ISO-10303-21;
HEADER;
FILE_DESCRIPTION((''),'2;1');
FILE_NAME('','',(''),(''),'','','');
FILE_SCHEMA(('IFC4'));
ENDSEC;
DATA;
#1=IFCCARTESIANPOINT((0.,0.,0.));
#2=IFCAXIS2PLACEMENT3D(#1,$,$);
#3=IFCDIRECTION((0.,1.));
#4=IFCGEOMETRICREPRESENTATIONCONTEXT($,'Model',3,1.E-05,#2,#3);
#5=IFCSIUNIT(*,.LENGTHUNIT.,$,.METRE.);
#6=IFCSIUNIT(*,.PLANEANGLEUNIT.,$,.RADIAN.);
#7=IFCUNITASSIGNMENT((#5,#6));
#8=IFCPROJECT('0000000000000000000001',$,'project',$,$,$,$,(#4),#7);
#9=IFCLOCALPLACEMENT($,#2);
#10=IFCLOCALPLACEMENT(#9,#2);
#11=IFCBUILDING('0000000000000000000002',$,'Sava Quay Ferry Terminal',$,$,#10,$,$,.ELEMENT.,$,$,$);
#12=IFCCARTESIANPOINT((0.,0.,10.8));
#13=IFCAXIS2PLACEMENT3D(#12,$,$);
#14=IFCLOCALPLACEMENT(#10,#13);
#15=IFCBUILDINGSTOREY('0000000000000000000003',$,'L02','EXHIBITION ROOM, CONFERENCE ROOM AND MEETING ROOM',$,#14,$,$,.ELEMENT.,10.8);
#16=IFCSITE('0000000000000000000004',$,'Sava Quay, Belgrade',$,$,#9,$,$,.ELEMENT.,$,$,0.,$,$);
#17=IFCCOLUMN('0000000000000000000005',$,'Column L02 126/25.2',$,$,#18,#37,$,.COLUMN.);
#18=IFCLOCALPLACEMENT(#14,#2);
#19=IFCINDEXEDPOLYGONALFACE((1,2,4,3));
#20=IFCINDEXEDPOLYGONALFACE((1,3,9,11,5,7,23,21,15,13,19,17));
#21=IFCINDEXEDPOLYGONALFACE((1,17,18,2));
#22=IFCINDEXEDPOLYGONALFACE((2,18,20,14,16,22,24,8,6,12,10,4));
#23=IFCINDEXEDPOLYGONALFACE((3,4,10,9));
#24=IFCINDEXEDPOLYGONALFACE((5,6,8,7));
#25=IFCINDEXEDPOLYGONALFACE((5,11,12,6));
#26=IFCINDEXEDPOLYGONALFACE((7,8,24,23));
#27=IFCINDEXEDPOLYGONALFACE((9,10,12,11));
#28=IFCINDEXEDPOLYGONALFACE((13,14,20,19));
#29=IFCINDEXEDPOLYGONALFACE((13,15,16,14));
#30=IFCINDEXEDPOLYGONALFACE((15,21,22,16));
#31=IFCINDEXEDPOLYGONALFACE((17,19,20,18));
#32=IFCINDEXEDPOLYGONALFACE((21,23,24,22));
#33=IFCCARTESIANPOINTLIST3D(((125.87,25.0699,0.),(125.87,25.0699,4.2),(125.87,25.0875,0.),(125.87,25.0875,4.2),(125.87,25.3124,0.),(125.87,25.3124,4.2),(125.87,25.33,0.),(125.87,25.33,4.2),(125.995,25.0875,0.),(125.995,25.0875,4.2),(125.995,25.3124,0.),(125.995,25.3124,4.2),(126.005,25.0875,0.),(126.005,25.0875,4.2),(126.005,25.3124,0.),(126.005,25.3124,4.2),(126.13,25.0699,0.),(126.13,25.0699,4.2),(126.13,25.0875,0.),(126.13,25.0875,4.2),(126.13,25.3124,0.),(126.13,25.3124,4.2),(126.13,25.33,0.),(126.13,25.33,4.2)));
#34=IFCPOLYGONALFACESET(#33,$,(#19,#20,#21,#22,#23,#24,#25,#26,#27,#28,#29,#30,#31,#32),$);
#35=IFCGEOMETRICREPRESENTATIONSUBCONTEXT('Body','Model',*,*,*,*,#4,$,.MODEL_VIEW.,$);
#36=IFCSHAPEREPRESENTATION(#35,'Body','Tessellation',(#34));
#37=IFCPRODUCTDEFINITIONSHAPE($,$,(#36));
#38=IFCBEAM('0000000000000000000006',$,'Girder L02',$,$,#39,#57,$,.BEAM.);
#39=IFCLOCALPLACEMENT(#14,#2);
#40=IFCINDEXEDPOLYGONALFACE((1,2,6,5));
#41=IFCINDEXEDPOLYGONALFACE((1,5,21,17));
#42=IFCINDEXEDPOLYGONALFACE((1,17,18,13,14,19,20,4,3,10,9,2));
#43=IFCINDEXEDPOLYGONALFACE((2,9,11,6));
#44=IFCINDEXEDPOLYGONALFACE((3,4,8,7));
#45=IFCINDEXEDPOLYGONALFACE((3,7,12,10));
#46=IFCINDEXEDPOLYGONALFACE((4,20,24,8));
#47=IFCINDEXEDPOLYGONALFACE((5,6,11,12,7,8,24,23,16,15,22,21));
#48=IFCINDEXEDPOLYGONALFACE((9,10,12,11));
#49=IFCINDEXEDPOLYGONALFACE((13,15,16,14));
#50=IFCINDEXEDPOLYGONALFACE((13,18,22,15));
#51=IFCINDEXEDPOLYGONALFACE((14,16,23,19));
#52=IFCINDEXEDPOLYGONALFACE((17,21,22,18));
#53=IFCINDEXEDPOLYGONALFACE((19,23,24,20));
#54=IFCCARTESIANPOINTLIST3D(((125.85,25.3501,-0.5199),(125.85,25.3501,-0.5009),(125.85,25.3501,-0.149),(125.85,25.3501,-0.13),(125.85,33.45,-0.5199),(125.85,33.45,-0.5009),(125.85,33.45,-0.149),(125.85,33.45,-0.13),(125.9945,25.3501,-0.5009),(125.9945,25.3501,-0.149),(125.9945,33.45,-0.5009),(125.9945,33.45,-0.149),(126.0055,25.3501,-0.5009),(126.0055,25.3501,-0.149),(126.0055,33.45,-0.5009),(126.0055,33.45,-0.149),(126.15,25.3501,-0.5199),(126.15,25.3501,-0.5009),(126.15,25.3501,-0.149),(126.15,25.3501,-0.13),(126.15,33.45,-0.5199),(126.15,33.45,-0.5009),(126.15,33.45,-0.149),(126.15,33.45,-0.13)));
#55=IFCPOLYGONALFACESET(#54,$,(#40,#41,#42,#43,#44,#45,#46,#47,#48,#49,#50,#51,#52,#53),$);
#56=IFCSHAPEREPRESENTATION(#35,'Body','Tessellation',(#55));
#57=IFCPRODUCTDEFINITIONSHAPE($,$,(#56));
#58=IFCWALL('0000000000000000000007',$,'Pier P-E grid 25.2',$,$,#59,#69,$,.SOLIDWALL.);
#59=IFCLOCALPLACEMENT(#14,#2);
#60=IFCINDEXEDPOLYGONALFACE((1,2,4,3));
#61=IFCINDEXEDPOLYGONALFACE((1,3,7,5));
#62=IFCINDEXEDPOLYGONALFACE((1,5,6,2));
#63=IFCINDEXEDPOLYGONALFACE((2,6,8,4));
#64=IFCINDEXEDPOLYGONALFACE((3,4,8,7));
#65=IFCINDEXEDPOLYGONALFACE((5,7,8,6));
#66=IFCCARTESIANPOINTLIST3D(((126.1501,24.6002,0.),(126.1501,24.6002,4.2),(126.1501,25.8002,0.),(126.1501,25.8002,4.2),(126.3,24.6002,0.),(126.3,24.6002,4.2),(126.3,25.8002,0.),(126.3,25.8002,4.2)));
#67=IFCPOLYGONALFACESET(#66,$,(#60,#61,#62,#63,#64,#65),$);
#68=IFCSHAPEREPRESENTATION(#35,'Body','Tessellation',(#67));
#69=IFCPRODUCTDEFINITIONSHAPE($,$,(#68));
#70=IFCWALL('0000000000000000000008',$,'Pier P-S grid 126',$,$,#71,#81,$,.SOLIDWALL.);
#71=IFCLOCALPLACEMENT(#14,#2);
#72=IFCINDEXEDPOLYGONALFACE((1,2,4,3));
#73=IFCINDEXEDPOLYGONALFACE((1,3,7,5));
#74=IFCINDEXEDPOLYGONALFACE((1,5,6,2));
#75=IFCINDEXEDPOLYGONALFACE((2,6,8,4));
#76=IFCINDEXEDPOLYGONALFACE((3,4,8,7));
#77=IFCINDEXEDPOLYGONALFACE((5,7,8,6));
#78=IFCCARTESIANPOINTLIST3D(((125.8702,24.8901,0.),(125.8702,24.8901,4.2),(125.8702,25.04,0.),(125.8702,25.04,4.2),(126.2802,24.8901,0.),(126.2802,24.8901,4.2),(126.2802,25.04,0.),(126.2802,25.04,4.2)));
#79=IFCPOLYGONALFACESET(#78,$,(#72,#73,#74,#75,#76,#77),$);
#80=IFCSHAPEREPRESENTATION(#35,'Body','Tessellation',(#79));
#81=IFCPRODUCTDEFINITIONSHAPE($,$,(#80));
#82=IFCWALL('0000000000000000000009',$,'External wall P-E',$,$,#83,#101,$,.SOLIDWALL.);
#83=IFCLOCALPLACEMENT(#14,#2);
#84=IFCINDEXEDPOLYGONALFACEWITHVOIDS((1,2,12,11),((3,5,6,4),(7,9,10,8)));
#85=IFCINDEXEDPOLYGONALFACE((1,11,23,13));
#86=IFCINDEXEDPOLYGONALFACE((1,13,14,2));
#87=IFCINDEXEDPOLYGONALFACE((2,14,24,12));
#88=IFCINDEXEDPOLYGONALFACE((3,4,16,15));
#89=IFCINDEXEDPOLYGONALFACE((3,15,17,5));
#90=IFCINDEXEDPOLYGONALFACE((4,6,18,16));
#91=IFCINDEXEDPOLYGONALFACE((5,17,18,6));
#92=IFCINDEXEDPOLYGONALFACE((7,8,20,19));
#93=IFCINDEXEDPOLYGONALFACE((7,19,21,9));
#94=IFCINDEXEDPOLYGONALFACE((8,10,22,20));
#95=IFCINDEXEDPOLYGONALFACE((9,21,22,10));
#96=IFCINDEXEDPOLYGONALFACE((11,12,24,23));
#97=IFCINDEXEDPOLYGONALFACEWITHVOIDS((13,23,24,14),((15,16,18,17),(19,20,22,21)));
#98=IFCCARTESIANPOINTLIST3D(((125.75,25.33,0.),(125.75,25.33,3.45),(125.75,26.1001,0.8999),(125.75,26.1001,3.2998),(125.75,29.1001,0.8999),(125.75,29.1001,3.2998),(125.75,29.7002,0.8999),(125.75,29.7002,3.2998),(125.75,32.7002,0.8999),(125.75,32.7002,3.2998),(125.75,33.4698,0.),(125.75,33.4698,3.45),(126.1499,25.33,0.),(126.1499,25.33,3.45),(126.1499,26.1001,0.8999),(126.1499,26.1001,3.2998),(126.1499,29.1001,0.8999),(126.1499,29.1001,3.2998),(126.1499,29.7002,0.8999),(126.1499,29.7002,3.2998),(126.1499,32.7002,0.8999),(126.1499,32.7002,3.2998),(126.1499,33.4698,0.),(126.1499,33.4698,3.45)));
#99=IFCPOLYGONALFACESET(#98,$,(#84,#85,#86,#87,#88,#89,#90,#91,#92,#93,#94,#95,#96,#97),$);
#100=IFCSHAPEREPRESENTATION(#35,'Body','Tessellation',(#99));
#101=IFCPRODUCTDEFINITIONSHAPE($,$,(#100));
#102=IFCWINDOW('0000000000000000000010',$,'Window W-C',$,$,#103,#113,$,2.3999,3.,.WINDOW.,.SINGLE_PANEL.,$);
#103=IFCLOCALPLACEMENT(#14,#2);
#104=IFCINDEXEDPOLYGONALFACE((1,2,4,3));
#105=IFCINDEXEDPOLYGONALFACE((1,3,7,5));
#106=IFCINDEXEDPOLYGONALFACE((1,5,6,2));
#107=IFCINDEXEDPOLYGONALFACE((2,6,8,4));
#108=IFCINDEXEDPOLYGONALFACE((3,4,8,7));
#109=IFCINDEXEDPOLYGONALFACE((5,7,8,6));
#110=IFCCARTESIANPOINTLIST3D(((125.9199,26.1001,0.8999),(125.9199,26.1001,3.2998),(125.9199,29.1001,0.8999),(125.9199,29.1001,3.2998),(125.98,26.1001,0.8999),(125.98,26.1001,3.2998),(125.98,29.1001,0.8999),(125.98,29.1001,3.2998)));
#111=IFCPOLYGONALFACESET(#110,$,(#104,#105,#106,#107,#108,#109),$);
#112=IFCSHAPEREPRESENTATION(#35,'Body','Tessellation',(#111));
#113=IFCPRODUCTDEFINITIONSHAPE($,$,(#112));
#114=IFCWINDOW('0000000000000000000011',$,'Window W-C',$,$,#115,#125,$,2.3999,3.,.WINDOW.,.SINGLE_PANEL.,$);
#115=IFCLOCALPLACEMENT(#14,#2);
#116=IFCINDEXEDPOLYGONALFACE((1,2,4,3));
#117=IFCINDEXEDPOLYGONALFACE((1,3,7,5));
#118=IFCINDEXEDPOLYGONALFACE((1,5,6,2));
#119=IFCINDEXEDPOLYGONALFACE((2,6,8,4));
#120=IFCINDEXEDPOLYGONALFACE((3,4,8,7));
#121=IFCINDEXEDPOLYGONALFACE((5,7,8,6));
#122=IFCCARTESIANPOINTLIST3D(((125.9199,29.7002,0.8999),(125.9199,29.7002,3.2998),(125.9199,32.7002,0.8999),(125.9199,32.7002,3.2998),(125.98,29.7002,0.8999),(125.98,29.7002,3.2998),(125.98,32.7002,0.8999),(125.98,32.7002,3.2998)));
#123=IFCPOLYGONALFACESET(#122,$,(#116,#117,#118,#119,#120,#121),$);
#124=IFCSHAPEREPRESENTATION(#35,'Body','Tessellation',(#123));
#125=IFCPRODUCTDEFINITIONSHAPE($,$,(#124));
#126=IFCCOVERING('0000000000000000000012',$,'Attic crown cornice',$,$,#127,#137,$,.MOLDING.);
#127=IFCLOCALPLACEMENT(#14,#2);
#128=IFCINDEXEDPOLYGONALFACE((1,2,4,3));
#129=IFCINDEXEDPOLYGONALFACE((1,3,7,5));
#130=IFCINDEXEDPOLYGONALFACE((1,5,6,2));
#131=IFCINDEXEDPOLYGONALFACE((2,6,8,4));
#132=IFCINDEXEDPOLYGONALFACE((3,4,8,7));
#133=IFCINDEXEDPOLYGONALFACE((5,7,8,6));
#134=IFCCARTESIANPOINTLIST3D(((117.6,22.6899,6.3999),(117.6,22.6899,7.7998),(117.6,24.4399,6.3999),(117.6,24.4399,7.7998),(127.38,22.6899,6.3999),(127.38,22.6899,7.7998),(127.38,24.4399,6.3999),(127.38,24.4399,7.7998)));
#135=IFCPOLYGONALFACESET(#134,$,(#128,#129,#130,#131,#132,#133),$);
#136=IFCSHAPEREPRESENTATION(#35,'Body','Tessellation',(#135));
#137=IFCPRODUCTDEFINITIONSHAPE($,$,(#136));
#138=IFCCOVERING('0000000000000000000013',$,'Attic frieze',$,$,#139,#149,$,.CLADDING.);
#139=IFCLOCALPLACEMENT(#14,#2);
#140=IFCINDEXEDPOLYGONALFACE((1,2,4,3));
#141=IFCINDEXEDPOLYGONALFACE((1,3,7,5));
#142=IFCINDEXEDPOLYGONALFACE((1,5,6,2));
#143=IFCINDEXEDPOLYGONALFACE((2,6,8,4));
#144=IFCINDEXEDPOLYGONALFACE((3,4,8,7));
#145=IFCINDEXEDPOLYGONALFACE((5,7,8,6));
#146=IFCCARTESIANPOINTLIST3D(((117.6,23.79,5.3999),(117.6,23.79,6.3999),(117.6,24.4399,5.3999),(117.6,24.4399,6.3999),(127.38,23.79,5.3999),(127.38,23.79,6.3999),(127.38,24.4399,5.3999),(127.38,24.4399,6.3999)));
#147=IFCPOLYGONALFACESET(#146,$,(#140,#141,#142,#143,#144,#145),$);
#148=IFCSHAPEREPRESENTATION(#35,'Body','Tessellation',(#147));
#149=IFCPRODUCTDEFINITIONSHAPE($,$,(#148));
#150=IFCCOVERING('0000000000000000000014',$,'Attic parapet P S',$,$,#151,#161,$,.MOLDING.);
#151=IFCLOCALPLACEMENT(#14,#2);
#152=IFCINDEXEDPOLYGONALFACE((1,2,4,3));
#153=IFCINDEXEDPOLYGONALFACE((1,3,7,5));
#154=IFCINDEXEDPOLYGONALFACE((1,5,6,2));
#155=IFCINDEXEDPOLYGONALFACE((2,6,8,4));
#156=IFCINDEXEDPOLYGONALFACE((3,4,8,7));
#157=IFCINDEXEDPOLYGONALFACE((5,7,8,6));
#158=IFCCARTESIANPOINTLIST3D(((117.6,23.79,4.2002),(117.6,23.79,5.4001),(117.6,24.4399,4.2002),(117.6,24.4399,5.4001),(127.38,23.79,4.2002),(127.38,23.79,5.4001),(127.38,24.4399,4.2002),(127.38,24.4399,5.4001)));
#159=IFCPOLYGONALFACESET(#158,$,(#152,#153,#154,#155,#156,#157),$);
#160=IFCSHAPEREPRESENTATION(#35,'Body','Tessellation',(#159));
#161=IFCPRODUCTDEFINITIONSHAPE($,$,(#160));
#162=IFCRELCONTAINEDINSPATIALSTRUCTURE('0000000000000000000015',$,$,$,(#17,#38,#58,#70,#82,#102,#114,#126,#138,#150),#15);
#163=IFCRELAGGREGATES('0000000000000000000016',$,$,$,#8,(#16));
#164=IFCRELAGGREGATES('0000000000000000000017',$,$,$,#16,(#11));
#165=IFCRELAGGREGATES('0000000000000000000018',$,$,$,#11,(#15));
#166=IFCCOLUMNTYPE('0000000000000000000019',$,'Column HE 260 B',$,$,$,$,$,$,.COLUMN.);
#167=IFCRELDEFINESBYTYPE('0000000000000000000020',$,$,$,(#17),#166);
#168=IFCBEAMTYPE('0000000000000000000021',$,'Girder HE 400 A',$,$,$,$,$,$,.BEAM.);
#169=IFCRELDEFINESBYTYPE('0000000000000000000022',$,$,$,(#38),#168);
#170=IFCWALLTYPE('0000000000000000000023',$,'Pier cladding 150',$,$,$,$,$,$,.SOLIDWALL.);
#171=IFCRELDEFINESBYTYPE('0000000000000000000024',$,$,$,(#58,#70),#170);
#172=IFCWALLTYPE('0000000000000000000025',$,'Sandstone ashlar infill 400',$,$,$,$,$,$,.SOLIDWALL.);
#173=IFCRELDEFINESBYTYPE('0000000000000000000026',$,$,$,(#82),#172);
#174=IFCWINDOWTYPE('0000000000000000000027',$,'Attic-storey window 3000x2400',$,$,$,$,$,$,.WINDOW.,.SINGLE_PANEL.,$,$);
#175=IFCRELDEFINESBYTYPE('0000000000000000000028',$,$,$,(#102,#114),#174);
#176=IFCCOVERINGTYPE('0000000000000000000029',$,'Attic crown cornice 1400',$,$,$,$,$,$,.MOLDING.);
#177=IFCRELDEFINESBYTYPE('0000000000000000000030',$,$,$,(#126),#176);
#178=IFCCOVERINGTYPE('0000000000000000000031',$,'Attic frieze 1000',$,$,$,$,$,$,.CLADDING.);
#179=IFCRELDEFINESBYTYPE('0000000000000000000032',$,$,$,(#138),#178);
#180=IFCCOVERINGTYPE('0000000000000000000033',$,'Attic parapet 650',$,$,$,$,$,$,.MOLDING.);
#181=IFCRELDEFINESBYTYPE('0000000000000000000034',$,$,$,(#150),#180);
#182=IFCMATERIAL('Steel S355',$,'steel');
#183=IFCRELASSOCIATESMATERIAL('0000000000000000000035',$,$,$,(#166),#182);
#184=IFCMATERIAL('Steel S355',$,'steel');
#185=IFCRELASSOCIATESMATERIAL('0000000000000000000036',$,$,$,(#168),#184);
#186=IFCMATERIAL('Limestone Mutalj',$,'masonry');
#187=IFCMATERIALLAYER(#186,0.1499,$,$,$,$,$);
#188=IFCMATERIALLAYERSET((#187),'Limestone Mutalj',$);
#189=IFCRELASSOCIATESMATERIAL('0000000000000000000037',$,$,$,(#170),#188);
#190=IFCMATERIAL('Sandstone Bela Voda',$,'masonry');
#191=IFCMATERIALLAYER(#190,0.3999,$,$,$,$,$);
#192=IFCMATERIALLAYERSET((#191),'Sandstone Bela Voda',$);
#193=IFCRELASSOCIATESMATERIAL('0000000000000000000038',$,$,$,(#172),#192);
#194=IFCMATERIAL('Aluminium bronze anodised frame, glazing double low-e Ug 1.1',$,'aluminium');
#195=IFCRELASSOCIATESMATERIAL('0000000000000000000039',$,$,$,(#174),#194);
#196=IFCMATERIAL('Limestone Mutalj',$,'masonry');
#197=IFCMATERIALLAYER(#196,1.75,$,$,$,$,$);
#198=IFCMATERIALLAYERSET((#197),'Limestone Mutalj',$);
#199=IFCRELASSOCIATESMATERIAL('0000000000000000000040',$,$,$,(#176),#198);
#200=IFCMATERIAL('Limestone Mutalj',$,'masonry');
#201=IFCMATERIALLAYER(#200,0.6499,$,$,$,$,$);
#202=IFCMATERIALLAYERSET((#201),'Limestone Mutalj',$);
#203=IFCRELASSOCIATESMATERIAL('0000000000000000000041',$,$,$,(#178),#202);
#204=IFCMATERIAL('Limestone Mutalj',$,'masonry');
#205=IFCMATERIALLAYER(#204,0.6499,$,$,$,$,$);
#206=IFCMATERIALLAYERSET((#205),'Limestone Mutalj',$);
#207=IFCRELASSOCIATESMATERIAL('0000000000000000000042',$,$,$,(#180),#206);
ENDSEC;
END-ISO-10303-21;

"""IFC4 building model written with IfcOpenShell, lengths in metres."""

from ifc_helpers import new_model, si_unit, direction, frame, frame_2d, origin, origin_2d, place, context, subcontext, project, spatial, rectangle, i_section, extrude, material, layer, layer_set, material_profile, profile_set, type_object, element, fill, save


model = new_model("IFC4")

# Units and contexts
model_context = context("Model", 3, precision=1e-05, world=origin(), true_north=direction((0.0, 1.0)))
body_context = subcontext(model_context, "Body", "Model", "MODEL_VIEW")
ifc_project = project(units=[si_unit("LENGTHUNIT", "METRE"), si_unit("PLANEANGLEUNIT", "RADIAN")], contexts=[model_context])

# Site, building, storey
site_placement = place(None, origin())
site = spatial("IfcSite", under=ifc_project, at=site_placement, Name="Sava Quay, Belgrade", CompositionType="ELEMENT", RefElevation=0.0)
building_placement = place(site_placement, origin())
building = spatial("IfcBuilding", under=site, at=building_placement, Name="Sava Quay Ferry Terminal", CompositionType="ELEMENT")
storey_placement = place(building_placement, frame((0.0, 0.0, 10.8)))
storey = spatial("IfcBuildingStorey", under=building, at=storey_placement, Name="L02", Description="EXHIBITION ROOM, CONFERENCE ROOM AND MEETING ROOM", CompositionType="ELEMENT", Elevation=10.8)

# Column
ifc_material_1 = material(Name="Steel S355", Category="steel")
ifc_material_profile_1 = material_profile(ifc_material_1, i_section(OverallWidth=0.26, OverallDepth=0.26, WebThickness=0.01, FlangeThickness=0.0176, at=origin_2d()), Name="HE 260 B")
ifc_profile_set_1 = profile_set([ifc_material_profile_1], Name="Steel S355")
column_type = type_object("IfcColumnType", Name="Column HE 260 B", PredefinedType="COLUMN", material=ifc_profile_set_1)
column_placement = place(storey_placement, frame((126.0, 25.2, 0.0), z_axis=(0.0, 0.0, 1.0), x_axis=(1.0, 0.0, 0.0)))
element("IfcColumn", 1, at=column_placement, inside=storey, type_object=column_type, Name="Column L02 126/25.2", PredefinedType="COLUMN", context=body_context, shape_type="SweptSolid", body=[
    extrude(i_section(OverallWidth=0.26, OverallDepth=0.26, WebThickness=0.01, FlangeThickness=0.0176, at=origin_2d()), origin(), (0.0, 0.0, 1.0), 4.2),
])

# Beam
ifc_material_2 = material(Name="Steel S355", Category="steel")
ifc_material_profile_2 = material_profile(ifc_material_2, i_section(OverallWidth=0.3, OverallDepth=0.3899, WebThickness=0.011, FlangeThickness=0.019, at=origin_2d()), Name="HE 400 A")
ifc_profile_set_2 = profile_set([ifc_material_profile_2], Name="Steel S355")
beam_type = type_object("IfcBeamType", Name="Girder HE 400 A", PredefinedType="BEAM", material=ifc_profile_set_2)
beam_placement = place(storey_placement, frame((126.0, 25.3501, -0.325), z_axis=(0.0, 1.0, 0.0), x_axis=(-1.0, 0.0, 0.0)))
element("IfcBeam", 2, at=beam_placement, inside=storey, type_object=beam_type, Name="Girder L02", PredefinedType="BEAM", context=body_context, shape_type="SweptSolid", body=[
    extrude(i_section(OverallWidth=0.3, OverallDepth=0.3899, WebThickness=0.011, FlangeThickness=0.019, at=origin_2d()), origin(), (0.0, 0.0, 1.0), 8.0999),
])

# Walls
ifc_material_3 = material(Name="Limestone Mutalj", Category="masonry")
ifc_layer_1 = layer(ifc_material_3, 0.1499)
ifc_layer_set_1 = layer_set([ifc_layer_1], Name="Limestone Mutalj")
wall_type_1 = type_object("IfcWallType", Name="Pier cladding 150", PredefinedType="SOLIDWALL", material=ifc_layer_set_1)
wall_1_placement = place(storey_placement, frame((126.2251, 24.6001, 0.0), z_axis=(0.0, 0.0, 1.0), x_axis=(0.0, 1.0, 0.0)))
element("IfcWall", 3, at=wall_1_placement, inside=storey, type_object=wall_type_1, Name="Pier P-E grid 25.2", PredefinedType="SOLIDWALL", context=body_context, shape_type="SweptSolid", body=[
    extrude(rectangle(XDim=1.2, YDim=0.1499, at=frame_2d((0.6001, 0.0))), origin(), (0.0, 0.0, 1.0), 4.2),
])
wall_2_placement = place(storey_placement, frame((125.8701, 24.9651, 0.0), z_axis=(0.0, 0.0, 1.0), x_axis=(1.0, 0.0, 0.0)))
element("IfcWall", 4, at=wall_2_placement, inside=storey, type_object=wall_type_1, Name="Pier P-S grid 126", PredefinedType="SOLIDWALL", context=body_context, shape_type="SweptSolid", body=[
    extrude(rectangle(XDim=0.4099, YDim=0.1499, at=frame_2d((0.2051, 0.0))), origin(), (0.0, 0.0, 1.0), 4.2),
])

# Wall, openings, windows
ifc_material_4 = material(Name="Sandstone Bela Voda", Category="masonry")
ifc_layer_2 = layer(ifc_material_4, 0.3999)
ifc_layer_set_2 = layer_set([ifc_layer_2], Name="Sandstone Bela Voda")
wall_type_2 = type_object("IfcWallType", Name="Sandstone ashlar infill 400", PredefinedType="SOLIDWALL", material=ifc_layer_set_2)
wall_3_placement = place(storey_placement, frame((125.95, 25.3301, 0.0), z_axis=(0.0, 0.0, 1.0), x_axis=(0.0, 1.0, 0.0)))
wall_3 = element("IfcWall", 5, at=wall_3_placement, inside=storey, type_object=wall_type_2, Name="External wall P-E", PredefinedType="SOLIDWALL", context=body_context, shape_type="SweptSolid", body=[
    extrude(rectangle(XDim=8.1399, YDim=0.3999, at=frame_2d((4.0698, 0.0))), origin(), (0.0, 0.0, 1.0), 3.45),
])
opening_1_placement = place(wall_3_placement, frame((0.77, 0.0, 0.8999)))
opening_1 = element("IfcOpeningElement", 6, at=opening_1_placement, cuts=wall_3, PredefinedType="OPENING", context=body_context, shape_type="SweptSolid", body=[
    extrude(rectangle(XDim=3.0, YDim=2.3999, at=frame_2d((1.5, 1.2))), frame((0.0, 0.2, 0.0), z_axis=(0.0, -1.0, 0.0), x_axis=(1.0, 0.0, 0.0)), (0.0, 0.0, 1.0), 0.3999),
])
opening_2_placement = place(wall_3_placement, frame((4.3701, 0.0, 0.8999)))
opening_2 = element("IfcOpeningElement", 7, at=opening_2_placement, cuts=wall_3, PredefinedType="OPENING", context=body_context, shape_type="SweptSolid", body=[
    extrude(rectangle(XDim=3.0, YDim=2.3999, at=frame_2d((1.5, 1.2))), frame((0.0, 0.2, 0.0), z_axis=(0.0, -1.0, 0.0), x_axis=(1.0, 0.0, 0.0)), (0.0, 0.0, 1.0), 0.3999),
])
ifc_material_5 = material(Name="Aluminium bronze anodised frame, glazing double low-e Ug 1.1", Category="aluminium")
window_type = type_object("IfcWindowType", Name="Attic-storey window 3000x2400", PartitioningType="SINGLE_PANEL", PredefinedType="WINDOW", material=ifc_material_5)
window_1_placement = place(opening_1_placement, origin())
window_1 = element("IfcWindow", 8, at=window_1_placement, inside=storey, type_object=window_type, Name="Window W-C", OverallHeight=2.3999, OverallWidth=3.0, PartitioningType="SINGLE_PANEL", PredefinedType="WINDOW", context=body_context, shape_type="SweptSolid", body=[
    extrude(rectangle(XDim=3.0, YDim=2.3999, at=frame_2d((1.5, 1.2))), frame((0.0, 0.03, 0.0), z_axis=(0.0, -1.0, 0.0), x_axis=(1.0, 0.0, 0.0)), (0.0, 0.0, 1.0), 0.0601),
])
fill(opening_1, window_1)
window_2_placement = place(opening_2_placement, origin())
window_2 = element("IfcWindow", 9, at=window_2_placement, inside=storey, type_object=window_type, Name="Window W-C", OverallHeight=2.3999, OverallWidth=3.0, PartitioningType="SINGLE_PANEL", PredefinedType="WINDOW", context=body_context, shape_type="SweptSolid", body=[
    extrude(rectangle(XDim=3.0, YDim=2.3999, at=frame_2d((1.5, 1.2))), frame((0.0, 0.03, 0.0), z_axis=(0.0, -1.0, 0.0), x_axis=(1.0, 0.0, 0.0)), (0.0, 0.0, 1.0), 0.0601),
])
fill(opening_2, window_2)

# Coverings
ifc_material_6 = material(Name="Limestone Mutalj", Category="masonry")
ifc_layer_3 = layer(ifc_material_6, 1.75)
ifc_layer_set_3 = layer_set([ifc_layer_3], Name="Limestone Mutalj")
covering_type_1 = type_object("IfcCoveringType", Name="Attic crown cornice 1400", PredefinedType="MOLDING", material=ifc_layer_set_3)
covering_1_placement = place(storey_placement, frame((122.49, 23.5649, 6.3999), z_axis=(0.0, 0.0, 1.0), x_axis=(1.0, 0.0, 0.0)))
element("IfcCovering", 10, at=covering_1_placement, inside=storey, type_object=covering_type_1, Name="Attic crown cornice", PredefinedType="MOLDING", context=body_context, shape_type="SweptSolid", body=[
    extrude(rectangle(XDim=9.78, YDim=1.75, at=origin_2d()), origin(), (0.0, 0.0, 1.0), 1.3999),
])
ifc_material_7 = material(Name="Limestone Mutalj", Category="masonry")
ifc_layer_4 = layer(ifc_material_7, 0.6499)
ifc_layer_set_4 = layer_set([ifc_layer_4], Name="Limestone Mutalj")
covering_type_2 = type_object("IfcCoveringType", Name="Attic frieze 1000", PredefinedType="CLADDING", material=ifc_layer_set_4)
covering_2_placement = place(storey_placement, frame((122.49, 24.115, 5.3999), z_axis=(0.0, 0.0, 1.0), x_axis=(1.0, 0.0, 0.0)))
element("IfcCovering", 11, at=covering_2_placement, inside=storey, type_object=covering_type_2, Name="Attic frieze", PredefinedType="CLADDING", context=body_context, shape_type="SweptSolid", body=[
    extrude(rectangle(XDim=9.78, YDim=0.6499, at=origin_2d()), origin(), (0.0, 0.0, 1.0), 1.0),
])
ifc_material_8 = material(Name="Limestone Mutalj", Category="masonry")
ifc_layer_5 = layer(ifc_material_8, 0.6499)
ifc_layer_set_5 = layer_set([ifc_layer_5], Name="Limestone Mutalj")
covering_type_3 = type_object("IfcCoveringType", Name="Attic parapet 650", PredefinedType="MOLDING", material=ifc_layer_set_5)
covering_3_placement = place(storey_placement, frame((122.49, 24.115, 4.2002), z_axis=(0.0, 0.0, 1.0), x_axis=(1.0, 0.0, 0.0)))
element("IfcCovering", 12, at=covering_3_placement, inside=storey, type_object=covering_type_3, Name="Attic parapet P S", PredefinedType="MOLDING", context=body_context, shape_type="SweptSolid", body=[
    extrude(rectangle(XDim=9.78, YDim=0.6499, at=origin_2d()), origin(), (0.0, 0.0, 1.0), 1.2),
])

save(model, "model.ifc")
